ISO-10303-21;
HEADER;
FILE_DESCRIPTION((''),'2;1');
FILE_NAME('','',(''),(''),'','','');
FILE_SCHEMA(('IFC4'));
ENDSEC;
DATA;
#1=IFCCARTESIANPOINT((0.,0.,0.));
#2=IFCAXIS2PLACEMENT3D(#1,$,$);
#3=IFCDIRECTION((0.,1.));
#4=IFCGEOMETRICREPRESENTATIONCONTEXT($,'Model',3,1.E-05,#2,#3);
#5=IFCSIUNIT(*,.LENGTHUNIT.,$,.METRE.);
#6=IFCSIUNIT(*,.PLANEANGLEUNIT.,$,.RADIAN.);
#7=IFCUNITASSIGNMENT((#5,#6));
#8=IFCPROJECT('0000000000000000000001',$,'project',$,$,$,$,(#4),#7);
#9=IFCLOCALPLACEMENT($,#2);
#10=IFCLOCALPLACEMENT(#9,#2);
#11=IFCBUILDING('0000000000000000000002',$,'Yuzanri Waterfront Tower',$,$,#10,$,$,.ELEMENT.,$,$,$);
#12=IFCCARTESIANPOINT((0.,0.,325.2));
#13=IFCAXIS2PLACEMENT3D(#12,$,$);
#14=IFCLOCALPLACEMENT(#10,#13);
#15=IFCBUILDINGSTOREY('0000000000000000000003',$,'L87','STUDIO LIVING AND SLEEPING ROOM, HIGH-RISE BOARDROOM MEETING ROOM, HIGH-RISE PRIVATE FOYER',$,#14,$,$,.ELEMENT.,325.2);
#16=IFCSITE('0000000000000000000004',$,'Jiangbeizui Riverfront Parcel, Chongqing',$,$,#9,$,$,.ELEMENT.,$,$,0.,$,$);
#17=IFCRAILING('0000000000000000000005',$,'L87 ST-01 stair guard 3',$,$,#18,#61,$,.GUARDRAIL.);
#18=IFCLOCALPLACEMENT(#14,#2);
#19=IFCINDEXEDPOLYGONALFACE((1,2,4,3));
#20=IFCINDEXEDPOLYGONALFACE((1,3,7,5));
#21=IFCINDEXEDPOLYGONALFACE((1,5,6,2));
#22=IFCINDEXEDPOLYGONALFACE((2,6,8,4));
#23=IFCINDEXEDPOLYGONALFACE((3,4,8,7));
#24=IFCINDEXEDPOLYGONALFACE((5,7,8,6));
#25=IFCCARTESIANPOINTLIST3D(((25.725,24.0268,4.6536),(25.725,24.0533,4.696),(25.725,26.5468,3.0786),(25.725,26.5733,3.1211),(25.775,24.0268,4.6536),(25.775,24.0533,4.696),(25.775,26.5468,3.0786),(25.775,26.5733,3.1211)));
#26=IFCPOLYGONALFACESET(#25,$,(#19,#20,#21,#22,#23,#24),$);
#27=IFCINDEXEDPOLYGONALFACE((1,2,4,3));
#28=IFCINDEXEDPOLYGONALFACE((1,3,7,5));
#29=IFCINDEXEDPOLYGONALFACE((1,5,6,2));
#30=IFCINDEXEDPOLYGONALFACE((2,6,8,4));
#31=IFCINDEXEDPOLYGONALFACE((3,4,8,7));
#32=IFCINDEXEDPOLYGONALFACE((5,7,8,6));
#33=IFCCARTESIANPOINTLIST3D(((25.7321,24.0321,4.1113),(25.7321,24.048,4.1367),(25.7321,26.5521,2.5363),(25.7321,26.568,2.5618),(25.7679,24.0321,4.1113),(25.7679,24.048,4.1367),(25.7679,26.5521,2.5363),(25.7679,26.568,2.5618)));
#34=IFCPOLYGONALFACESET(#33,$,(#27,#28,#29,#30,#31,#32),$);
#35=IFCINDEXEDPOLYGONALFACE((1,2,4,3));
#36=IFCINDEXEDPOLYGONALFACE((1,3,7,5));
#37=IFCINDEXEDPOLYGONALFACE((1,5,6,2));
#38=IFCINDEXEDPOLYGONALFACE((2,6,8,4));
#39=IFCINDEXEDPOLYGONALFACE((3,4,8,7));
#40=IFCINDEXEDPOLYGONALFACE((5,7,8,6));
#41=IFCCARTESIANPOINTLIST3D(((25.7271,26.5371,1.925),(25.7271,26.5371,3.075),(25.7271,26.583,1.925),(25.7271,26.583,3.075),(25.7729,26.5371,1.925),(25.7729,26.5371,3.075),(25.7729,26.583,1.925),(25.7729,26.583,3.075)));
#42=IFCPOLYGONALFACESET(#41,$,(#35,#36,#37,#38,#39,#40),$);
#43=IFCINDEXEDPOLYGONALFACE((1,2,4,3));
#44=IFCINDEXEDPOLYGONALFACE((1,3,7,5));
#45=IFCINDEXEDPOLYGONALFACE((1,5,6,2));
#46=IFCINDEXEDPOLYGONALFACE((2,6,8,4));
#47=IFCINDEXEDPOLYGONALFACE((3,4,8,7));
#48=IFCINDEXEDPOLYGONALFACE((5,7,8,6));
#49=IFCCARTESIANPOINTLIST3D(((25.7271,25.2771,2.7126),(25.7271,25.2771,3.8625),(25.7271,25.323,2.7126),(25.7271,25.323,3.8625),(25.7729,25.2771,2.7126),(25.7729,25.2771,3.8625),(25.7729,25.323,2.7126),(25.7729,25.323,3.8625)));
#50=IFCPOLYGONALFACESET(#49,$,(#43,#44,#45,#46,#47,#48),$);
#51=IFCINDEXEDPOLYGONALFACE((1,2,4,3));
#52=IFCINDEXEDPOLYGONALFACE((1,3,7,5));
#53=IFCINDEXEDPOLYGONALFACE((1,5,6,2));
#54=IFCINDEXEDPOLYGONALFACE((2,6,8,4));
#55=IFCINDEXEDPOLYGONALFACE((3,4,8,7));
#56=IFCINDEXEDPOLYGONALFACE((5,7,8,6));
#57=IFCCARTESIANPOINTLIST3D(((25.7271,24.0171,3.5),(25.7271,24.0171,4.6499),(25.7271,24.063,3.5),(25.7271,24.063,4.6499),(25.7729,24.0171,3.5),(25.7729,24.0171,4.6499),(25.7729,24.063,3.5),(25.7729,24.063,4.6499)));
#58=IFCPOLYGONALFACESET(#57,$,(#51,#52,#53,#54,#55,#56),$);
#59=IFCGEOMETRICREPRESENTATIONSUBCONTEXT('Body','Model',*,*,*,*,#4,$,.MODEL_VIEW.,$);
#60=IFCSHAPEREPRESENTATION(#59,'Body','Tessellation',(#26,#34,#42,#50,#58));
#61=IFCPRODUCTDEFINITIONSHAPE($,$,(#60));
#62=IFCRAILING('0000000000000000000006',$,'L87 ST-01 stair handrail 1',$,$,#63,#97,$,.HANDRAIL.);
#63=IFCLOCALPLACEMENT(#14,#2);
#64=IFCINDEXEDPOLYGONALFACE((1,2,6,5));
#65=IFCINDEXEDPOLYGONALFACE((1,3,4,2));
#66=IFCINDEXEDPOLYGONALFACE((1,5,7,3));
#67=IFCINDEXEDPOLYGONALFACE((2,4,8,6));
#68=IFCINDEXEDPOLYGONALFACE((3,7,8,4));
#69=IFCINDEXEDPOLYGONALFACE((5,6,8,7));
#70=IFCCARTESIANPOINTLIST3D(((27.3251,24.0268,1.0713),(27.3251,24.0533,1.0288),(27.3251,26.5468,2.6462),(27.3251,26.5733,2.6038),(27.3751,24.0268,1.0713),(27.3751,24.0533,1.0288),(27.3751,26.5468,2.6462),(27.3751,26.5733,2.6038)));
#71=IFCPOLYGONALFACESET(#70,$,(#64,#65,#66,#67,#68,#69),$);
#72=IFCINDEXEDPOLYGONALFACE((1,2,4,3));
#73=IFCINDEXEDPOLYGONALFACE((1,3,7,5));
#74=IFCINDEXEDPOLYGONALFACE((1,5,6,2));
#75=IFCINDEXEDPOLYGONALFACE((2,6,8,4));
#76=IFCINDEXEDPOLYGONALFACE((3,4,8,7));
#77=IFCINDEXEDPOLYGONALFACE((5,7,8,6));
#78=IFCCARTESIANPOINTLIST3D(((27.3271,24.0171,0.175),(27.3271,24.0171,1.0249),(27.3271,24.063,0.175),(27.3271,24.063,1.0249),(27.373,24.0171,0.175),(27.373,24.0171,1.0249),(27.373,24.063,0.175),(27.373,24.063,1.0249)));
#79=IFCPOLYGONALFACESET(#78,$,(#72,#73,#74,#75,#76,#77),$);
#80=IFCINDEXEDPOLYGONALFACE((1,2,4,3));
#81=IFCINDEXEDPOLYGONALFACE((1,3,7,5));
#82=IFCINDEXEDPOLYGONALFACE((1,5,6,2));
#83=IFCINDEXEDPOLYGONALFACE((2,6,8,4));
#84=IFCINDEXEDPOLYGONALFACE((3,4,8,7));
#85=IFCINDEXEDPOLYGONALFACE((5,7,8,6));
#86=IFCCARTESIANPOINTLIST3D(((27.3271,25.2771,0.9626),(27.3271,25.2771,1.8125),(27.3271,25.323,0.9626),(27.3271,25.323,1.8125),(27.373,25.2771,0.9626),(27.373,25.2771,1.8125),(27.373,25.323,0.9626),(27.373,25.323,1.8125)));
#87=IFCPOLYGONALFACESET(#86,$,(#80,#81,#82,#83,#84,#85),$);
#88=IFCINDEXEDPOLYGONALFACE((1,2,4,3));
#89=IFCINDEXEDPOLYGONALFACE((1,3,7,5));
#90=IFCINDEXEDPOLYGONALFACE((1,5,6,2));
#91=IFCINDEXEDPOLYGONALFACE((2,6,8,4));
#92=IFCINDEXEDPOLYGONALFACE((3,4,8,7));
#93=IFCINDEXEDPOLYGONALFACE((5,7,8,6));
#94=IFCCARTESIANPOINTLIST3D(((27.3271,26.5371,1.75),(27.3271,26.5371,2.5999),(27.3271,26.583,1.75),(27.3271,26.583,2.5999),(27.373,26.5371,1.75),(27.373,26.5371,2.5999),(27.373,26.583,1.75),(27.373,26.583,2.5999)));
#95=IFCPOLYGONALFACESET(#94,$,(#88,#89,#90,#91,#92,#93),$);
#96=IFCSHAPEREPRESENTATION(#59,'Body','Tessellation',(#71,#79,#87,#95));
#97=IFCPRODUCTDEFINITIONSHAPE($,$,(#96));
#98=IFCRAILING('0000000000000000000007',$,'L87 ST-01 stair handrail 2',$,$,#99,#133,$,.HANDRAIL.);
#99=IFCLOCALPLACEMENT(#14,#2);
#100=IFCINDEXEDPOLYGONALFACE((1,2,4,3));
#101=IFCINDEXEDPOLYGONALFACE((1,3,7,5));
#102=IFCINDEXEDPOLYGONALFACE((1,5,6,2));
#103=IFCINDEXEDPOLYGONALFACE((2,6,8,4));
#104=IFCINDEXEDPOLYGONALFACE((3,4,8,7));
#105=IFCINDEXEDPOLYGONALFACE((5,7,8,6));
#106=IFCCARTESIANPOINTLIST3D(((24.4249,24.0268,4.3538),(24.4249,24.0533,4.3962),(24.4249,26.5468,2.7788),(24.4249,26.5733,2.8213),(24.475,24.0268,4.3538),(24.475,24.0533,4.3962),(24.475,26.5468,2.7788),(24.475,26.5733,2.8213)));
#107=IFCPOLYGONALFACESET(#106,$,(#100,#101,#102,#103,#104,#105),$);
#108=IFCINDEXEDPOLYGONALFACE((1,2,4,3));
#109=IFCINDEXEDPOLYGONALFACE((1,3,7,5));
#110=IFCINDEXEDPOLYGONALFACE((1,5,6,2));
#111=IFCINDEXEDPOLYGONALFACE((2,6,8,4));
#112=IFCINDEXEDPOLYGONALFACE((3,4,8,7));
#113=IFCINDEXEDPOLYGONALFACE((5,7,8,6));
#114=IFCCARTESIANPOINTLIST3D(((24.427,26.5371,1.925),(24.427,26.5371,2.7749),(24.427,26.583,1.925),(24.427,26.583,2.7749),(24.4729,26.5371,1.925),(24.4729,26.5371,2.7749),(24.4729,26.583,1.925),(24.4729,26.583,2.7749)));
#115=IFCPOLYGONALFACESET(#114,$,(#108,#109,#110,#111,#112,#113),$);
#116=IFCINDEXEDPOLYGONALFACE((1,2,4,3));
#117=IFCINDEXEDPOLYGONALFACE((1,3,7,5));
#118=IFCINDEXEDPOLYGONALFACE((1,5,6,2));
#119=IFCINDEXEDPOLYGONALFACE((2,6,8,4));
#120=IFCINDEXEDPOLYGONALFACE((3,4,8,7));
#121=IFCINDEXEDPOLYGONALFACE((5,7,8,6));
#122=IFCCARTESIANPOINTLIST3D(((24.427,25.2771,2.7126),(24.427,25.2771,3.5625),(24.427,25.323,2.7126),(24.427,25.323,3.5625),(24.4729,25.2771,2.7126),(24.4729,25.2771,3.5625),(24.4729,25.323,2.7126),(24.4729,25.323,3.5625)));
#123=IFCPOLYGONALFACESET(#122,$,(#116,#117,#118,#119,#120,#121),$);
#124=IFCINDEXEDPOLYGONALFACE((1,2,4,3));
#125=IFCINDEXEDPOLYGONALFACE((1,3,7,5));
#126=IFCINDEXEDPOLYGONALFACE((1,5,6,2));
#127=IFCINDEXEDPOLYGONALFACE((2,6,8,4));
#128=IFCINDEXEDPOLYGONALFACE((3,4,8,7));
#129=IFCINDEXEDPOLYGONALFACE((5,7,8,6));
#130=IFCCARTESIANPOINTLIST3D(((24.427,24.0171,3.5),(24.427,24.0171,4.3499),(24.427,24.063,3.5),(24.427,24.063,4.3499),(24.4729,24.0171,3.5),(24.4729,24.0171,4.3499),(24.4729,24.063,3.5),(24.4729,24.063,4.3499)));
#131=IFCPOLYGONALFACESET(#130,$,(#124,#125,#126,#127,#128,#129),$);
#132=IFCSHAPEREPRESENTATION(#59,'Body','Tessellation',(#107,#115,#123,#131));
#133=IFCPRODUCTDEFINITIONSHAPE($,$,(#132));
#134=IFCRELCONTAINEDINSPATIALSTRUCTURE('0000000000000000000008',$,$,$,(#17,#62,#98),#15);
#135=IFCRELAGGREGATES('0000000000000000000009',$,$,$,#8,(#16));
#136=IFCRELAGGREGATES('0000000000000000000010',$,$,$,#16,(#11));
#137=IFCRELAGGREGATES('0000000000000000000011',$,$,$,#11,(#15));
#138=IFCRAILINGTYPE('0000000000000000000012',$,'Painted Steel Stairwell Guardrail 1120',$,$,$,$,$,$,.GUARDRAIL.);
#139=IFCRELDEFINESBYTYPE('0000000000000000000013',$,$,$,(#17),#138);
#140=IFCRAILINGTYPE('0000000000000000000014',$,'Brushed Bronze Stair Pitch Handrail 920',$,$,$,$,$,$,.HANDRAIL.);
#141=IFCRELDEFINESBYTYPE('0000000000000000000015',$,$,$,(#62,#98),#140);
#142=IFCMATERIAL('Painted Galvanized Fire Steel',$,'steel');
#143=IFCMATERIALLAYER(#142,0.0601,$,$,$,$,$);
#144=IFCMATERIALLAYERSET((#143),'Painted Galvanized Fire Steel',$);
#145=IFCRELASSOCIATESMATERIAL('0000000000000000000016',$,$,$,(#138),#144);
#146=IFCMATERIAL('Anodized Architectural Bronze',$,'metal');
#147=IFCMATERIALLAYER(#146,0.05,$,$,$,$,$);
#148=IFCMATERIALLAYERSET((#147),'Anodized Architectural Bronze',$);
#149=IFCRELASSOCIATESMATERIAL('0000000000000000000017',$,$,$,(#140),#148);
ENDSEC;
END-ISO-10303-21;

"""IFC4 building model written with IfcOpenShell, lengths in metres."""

from ifc_helpers import new_model, si_unit, direction, frame, origin, origin_2d, place, context, subcontext, project, spatial, rectangle, extrude, source, transform, mapped, material, layer, layer_set, type_object, element, save


model = new_model("IFC4")

# Units and contexts
model_context = context("Model", 3, precision=1e-05, world=origin(), true_north=direction((0.0, 1.0)))
body_context = subcontext(model_context, "Body", "Model", "MODEL_VIEW")
ifc_project = project(units=[si_unit("LENGTHUNIT", "METRE"), si_unit("PLANEANGLEUNIT", "RADIAN")], contexts=[model_context])

# Site, building, storey
site_placement = place(None, origin())
site = spatial("IfcSite", under=ifc_project, at=site_placement, Name="Jiangbeizui Riverfront Parcel, Chongqing", CompositionType="ELEMENT", RefElevation=0.0)
building_placement = place(site_placement, origin())
building = spatial("IfcBuilding", under=site, at=building_placement, Name="Yuzanri Waterfront Tower", CompositionType="ELEMENT")
storey_placement = place(building_placement, frame((0.0, 0.0, 325.2)))
storey = spatial("IfcBuildingStorey", under=building, at=storey_placement, Name="L87", Description="STUDIO LIVING AND SLEEPING ROOM, HIGH-RISE BOARDROOM MEETING ROOM, HIGH-RISE PRIVATE FOYER", CompositionType="ELEMENT", Elevation=325.2)

# Railings
ifc_material_1 = material(Name="Painted Galvanized Fire Steel", Category="steel")
ifc_layer_1 = layer(ifc_material_1, 0.0601)
ifc_layer_set_1 = layer_set([ifc_layer_1], Name="Painted Galvanized Fire Steel")
railing_type_1 = type_object("IfcRailingType", Name="Painted Steel Stairwell Guardrail 1120", PredefinedType="GUARDRAIL", material=ifc_layer_set_1)
shared_shape_1 = source(origin(), body_context, "Body", "SweptSolid", [
    extrude(rectangle(XDim=0.05, YDim=0.05, at=origin_2d()), frame((0.0, 0.0, 1.1748), z_axis=(0.0, -0.848008, 0.529984), x_axis=(1.0, 0.0, 0.0)), (0.0, 0.0, 1.0), 2.9717),
    extrude(rectangle(XDim=0.0359, YDim=0.03, at=origin_2d()), frame((0.0, 0.0, 0.624), z_axis=(0.0, -0.848008, 0.529984), x_axis=(1.0, 0.0, 0.0)), (0.0, 0.0, 1.0), 2.9717),
    extrude(rectangle(XDim=0.0459, YDim=0.0459, at=origin_2d()), origin(), (0.0, 0.0, 1.0), 1.1499),
    extrude(rectangle(XDim=0.0459, YDim=0.0459, at=origin_2d()), frame((0.0, -1.26, 0.7876)), (0.0, 0.0, 1.0), 1.1499),
    extrude(rectangle(XDim=0.0459, YDim=0.0459, at=origin_2d()), frame((0.0, -2.52, 1.575)), (0.0, 0.0, 1.0), 1.1499),
])
railing_1_placement = place(storey_placement, frame((25.75, 26.5601, 1.925)))
element("IfcRailing", 1, at=railing_1_placement, inside=storey, type_object=railing_type_1, Name="L87 ST-01 stair guard 3", PredefinedType="GUARDRAIL", context=body_context, shape_type="MappedRepresentation", body=[
    mapped(shared_shape_1, transform((0.0, 0.0, 0.0), scale=1.0)),
])
ifc_material_2 = material(Name="Anodized Architectural Bronze", Category="metal")
ifc_layer_2 = layer(ifc_material_2, 0.05)
ifc_layer_set_2 = layer_set([ifc_layer_2], Name="Anodized Architectural Bronze")
railing_type_2 = type_object("IfcRailingType", Name="Brushed Bronze Stair Pitch Handrail 920", PredefinedType="HANDRAIL", material=ifc_layer_set_2)
shared_shape_2 = source(origin(), body_context, "Body", "SweptSolid", [
    extrude(rectangle(XDim=0.05, YDim=0.05, at=origin_2d()), frame((0.0, 0.0, 0.875), z_axis=(0.0, 0.848008, 0.529984), x_axis=(-1.0, 0.0, 0.0)), (0.0, 0.0, 1.0), 2.9717),
    extrude(rectangle(XDim=0.0459, YDim=0.0459, at=origin_2d()), origin(), (0.0, 0.0, 1.0), 0.8499),
    extrude(rectangle(XDim=0.0459, YDim=0.0459, at=origin_2d()), frame((0.0, 1.26, 0.7876)), (0.0, 0.0, 1.0), 0.8499),
    extrude(rectangle(XDim=0.0459, YDim=0.0459, at=origin_2d()), frame((0.0, 2.52, 1.575)), (0.0, 0.0, 1.0), 0.8499),
])
railing_2_placement = place(storey_placement, frame((27.3501, 24.04, 0.175)))
element("IfcRailing", 2, at=railing_2_placement, inside=storey, type_object=railing_type_2, Name="L87 ST-01 stair handrail 1", PredefinedType="HANDRAIL", context=body_context, shape_type="MappedRepresentation", body=[
    mapped(shared_shape_2, transform((0.0, 0.0, 0.0), scale=1.0)),
])
shared_shape_3 = source(origin(), body_context, "Body", "SweptSolid", [
    extrude(rectangle(XDim=0.05, YDim=0.05, at=origin_2d()), frame((0.0, 0.0, 0.875), z_axis=(0.0, -0.848008, 0.529984), x_axis=(1.0, 0.0, 0.0)), (0.0, 0.0, 1.0), 2.9717),
    extrude(rectangle(XDim=0.0459, YDim=0.0459, at=origin_2d()), origin(), (0.0, 0.0, 1.0), 0.8499),
    extrude(rectangle(XDim=0.0459, YDim=0.0459, at=origin_2d()), frame((0.0, -1.26, 0.7876)), (0.0, 0.0, 1.0), 0.8499),
    extrude(rectangle(XDim=0.0459, YDim=0.0459, at=origin_2d()), frame((0.0, -2.52, 1.575)), (0.0, 0.0, 1.0), 0.8499),
])
railing_3_placement = place(storey_placement, frame((24.45, 26.5601, 1.925)))
element("IfcRailing", 3, at=railing_3_placement, inside=storey, type_object=railing_type_2, Name="L87 ST-01 stair handrail 2", PredefinedType="HANDRAIL", context=body_context, shape_type="MappedRepresentation", body=[
    mapped(shared_shape_3, transform((0.0, 0.0, 0.0), scale=1.0)),
])

save(model, "model.ifc")
